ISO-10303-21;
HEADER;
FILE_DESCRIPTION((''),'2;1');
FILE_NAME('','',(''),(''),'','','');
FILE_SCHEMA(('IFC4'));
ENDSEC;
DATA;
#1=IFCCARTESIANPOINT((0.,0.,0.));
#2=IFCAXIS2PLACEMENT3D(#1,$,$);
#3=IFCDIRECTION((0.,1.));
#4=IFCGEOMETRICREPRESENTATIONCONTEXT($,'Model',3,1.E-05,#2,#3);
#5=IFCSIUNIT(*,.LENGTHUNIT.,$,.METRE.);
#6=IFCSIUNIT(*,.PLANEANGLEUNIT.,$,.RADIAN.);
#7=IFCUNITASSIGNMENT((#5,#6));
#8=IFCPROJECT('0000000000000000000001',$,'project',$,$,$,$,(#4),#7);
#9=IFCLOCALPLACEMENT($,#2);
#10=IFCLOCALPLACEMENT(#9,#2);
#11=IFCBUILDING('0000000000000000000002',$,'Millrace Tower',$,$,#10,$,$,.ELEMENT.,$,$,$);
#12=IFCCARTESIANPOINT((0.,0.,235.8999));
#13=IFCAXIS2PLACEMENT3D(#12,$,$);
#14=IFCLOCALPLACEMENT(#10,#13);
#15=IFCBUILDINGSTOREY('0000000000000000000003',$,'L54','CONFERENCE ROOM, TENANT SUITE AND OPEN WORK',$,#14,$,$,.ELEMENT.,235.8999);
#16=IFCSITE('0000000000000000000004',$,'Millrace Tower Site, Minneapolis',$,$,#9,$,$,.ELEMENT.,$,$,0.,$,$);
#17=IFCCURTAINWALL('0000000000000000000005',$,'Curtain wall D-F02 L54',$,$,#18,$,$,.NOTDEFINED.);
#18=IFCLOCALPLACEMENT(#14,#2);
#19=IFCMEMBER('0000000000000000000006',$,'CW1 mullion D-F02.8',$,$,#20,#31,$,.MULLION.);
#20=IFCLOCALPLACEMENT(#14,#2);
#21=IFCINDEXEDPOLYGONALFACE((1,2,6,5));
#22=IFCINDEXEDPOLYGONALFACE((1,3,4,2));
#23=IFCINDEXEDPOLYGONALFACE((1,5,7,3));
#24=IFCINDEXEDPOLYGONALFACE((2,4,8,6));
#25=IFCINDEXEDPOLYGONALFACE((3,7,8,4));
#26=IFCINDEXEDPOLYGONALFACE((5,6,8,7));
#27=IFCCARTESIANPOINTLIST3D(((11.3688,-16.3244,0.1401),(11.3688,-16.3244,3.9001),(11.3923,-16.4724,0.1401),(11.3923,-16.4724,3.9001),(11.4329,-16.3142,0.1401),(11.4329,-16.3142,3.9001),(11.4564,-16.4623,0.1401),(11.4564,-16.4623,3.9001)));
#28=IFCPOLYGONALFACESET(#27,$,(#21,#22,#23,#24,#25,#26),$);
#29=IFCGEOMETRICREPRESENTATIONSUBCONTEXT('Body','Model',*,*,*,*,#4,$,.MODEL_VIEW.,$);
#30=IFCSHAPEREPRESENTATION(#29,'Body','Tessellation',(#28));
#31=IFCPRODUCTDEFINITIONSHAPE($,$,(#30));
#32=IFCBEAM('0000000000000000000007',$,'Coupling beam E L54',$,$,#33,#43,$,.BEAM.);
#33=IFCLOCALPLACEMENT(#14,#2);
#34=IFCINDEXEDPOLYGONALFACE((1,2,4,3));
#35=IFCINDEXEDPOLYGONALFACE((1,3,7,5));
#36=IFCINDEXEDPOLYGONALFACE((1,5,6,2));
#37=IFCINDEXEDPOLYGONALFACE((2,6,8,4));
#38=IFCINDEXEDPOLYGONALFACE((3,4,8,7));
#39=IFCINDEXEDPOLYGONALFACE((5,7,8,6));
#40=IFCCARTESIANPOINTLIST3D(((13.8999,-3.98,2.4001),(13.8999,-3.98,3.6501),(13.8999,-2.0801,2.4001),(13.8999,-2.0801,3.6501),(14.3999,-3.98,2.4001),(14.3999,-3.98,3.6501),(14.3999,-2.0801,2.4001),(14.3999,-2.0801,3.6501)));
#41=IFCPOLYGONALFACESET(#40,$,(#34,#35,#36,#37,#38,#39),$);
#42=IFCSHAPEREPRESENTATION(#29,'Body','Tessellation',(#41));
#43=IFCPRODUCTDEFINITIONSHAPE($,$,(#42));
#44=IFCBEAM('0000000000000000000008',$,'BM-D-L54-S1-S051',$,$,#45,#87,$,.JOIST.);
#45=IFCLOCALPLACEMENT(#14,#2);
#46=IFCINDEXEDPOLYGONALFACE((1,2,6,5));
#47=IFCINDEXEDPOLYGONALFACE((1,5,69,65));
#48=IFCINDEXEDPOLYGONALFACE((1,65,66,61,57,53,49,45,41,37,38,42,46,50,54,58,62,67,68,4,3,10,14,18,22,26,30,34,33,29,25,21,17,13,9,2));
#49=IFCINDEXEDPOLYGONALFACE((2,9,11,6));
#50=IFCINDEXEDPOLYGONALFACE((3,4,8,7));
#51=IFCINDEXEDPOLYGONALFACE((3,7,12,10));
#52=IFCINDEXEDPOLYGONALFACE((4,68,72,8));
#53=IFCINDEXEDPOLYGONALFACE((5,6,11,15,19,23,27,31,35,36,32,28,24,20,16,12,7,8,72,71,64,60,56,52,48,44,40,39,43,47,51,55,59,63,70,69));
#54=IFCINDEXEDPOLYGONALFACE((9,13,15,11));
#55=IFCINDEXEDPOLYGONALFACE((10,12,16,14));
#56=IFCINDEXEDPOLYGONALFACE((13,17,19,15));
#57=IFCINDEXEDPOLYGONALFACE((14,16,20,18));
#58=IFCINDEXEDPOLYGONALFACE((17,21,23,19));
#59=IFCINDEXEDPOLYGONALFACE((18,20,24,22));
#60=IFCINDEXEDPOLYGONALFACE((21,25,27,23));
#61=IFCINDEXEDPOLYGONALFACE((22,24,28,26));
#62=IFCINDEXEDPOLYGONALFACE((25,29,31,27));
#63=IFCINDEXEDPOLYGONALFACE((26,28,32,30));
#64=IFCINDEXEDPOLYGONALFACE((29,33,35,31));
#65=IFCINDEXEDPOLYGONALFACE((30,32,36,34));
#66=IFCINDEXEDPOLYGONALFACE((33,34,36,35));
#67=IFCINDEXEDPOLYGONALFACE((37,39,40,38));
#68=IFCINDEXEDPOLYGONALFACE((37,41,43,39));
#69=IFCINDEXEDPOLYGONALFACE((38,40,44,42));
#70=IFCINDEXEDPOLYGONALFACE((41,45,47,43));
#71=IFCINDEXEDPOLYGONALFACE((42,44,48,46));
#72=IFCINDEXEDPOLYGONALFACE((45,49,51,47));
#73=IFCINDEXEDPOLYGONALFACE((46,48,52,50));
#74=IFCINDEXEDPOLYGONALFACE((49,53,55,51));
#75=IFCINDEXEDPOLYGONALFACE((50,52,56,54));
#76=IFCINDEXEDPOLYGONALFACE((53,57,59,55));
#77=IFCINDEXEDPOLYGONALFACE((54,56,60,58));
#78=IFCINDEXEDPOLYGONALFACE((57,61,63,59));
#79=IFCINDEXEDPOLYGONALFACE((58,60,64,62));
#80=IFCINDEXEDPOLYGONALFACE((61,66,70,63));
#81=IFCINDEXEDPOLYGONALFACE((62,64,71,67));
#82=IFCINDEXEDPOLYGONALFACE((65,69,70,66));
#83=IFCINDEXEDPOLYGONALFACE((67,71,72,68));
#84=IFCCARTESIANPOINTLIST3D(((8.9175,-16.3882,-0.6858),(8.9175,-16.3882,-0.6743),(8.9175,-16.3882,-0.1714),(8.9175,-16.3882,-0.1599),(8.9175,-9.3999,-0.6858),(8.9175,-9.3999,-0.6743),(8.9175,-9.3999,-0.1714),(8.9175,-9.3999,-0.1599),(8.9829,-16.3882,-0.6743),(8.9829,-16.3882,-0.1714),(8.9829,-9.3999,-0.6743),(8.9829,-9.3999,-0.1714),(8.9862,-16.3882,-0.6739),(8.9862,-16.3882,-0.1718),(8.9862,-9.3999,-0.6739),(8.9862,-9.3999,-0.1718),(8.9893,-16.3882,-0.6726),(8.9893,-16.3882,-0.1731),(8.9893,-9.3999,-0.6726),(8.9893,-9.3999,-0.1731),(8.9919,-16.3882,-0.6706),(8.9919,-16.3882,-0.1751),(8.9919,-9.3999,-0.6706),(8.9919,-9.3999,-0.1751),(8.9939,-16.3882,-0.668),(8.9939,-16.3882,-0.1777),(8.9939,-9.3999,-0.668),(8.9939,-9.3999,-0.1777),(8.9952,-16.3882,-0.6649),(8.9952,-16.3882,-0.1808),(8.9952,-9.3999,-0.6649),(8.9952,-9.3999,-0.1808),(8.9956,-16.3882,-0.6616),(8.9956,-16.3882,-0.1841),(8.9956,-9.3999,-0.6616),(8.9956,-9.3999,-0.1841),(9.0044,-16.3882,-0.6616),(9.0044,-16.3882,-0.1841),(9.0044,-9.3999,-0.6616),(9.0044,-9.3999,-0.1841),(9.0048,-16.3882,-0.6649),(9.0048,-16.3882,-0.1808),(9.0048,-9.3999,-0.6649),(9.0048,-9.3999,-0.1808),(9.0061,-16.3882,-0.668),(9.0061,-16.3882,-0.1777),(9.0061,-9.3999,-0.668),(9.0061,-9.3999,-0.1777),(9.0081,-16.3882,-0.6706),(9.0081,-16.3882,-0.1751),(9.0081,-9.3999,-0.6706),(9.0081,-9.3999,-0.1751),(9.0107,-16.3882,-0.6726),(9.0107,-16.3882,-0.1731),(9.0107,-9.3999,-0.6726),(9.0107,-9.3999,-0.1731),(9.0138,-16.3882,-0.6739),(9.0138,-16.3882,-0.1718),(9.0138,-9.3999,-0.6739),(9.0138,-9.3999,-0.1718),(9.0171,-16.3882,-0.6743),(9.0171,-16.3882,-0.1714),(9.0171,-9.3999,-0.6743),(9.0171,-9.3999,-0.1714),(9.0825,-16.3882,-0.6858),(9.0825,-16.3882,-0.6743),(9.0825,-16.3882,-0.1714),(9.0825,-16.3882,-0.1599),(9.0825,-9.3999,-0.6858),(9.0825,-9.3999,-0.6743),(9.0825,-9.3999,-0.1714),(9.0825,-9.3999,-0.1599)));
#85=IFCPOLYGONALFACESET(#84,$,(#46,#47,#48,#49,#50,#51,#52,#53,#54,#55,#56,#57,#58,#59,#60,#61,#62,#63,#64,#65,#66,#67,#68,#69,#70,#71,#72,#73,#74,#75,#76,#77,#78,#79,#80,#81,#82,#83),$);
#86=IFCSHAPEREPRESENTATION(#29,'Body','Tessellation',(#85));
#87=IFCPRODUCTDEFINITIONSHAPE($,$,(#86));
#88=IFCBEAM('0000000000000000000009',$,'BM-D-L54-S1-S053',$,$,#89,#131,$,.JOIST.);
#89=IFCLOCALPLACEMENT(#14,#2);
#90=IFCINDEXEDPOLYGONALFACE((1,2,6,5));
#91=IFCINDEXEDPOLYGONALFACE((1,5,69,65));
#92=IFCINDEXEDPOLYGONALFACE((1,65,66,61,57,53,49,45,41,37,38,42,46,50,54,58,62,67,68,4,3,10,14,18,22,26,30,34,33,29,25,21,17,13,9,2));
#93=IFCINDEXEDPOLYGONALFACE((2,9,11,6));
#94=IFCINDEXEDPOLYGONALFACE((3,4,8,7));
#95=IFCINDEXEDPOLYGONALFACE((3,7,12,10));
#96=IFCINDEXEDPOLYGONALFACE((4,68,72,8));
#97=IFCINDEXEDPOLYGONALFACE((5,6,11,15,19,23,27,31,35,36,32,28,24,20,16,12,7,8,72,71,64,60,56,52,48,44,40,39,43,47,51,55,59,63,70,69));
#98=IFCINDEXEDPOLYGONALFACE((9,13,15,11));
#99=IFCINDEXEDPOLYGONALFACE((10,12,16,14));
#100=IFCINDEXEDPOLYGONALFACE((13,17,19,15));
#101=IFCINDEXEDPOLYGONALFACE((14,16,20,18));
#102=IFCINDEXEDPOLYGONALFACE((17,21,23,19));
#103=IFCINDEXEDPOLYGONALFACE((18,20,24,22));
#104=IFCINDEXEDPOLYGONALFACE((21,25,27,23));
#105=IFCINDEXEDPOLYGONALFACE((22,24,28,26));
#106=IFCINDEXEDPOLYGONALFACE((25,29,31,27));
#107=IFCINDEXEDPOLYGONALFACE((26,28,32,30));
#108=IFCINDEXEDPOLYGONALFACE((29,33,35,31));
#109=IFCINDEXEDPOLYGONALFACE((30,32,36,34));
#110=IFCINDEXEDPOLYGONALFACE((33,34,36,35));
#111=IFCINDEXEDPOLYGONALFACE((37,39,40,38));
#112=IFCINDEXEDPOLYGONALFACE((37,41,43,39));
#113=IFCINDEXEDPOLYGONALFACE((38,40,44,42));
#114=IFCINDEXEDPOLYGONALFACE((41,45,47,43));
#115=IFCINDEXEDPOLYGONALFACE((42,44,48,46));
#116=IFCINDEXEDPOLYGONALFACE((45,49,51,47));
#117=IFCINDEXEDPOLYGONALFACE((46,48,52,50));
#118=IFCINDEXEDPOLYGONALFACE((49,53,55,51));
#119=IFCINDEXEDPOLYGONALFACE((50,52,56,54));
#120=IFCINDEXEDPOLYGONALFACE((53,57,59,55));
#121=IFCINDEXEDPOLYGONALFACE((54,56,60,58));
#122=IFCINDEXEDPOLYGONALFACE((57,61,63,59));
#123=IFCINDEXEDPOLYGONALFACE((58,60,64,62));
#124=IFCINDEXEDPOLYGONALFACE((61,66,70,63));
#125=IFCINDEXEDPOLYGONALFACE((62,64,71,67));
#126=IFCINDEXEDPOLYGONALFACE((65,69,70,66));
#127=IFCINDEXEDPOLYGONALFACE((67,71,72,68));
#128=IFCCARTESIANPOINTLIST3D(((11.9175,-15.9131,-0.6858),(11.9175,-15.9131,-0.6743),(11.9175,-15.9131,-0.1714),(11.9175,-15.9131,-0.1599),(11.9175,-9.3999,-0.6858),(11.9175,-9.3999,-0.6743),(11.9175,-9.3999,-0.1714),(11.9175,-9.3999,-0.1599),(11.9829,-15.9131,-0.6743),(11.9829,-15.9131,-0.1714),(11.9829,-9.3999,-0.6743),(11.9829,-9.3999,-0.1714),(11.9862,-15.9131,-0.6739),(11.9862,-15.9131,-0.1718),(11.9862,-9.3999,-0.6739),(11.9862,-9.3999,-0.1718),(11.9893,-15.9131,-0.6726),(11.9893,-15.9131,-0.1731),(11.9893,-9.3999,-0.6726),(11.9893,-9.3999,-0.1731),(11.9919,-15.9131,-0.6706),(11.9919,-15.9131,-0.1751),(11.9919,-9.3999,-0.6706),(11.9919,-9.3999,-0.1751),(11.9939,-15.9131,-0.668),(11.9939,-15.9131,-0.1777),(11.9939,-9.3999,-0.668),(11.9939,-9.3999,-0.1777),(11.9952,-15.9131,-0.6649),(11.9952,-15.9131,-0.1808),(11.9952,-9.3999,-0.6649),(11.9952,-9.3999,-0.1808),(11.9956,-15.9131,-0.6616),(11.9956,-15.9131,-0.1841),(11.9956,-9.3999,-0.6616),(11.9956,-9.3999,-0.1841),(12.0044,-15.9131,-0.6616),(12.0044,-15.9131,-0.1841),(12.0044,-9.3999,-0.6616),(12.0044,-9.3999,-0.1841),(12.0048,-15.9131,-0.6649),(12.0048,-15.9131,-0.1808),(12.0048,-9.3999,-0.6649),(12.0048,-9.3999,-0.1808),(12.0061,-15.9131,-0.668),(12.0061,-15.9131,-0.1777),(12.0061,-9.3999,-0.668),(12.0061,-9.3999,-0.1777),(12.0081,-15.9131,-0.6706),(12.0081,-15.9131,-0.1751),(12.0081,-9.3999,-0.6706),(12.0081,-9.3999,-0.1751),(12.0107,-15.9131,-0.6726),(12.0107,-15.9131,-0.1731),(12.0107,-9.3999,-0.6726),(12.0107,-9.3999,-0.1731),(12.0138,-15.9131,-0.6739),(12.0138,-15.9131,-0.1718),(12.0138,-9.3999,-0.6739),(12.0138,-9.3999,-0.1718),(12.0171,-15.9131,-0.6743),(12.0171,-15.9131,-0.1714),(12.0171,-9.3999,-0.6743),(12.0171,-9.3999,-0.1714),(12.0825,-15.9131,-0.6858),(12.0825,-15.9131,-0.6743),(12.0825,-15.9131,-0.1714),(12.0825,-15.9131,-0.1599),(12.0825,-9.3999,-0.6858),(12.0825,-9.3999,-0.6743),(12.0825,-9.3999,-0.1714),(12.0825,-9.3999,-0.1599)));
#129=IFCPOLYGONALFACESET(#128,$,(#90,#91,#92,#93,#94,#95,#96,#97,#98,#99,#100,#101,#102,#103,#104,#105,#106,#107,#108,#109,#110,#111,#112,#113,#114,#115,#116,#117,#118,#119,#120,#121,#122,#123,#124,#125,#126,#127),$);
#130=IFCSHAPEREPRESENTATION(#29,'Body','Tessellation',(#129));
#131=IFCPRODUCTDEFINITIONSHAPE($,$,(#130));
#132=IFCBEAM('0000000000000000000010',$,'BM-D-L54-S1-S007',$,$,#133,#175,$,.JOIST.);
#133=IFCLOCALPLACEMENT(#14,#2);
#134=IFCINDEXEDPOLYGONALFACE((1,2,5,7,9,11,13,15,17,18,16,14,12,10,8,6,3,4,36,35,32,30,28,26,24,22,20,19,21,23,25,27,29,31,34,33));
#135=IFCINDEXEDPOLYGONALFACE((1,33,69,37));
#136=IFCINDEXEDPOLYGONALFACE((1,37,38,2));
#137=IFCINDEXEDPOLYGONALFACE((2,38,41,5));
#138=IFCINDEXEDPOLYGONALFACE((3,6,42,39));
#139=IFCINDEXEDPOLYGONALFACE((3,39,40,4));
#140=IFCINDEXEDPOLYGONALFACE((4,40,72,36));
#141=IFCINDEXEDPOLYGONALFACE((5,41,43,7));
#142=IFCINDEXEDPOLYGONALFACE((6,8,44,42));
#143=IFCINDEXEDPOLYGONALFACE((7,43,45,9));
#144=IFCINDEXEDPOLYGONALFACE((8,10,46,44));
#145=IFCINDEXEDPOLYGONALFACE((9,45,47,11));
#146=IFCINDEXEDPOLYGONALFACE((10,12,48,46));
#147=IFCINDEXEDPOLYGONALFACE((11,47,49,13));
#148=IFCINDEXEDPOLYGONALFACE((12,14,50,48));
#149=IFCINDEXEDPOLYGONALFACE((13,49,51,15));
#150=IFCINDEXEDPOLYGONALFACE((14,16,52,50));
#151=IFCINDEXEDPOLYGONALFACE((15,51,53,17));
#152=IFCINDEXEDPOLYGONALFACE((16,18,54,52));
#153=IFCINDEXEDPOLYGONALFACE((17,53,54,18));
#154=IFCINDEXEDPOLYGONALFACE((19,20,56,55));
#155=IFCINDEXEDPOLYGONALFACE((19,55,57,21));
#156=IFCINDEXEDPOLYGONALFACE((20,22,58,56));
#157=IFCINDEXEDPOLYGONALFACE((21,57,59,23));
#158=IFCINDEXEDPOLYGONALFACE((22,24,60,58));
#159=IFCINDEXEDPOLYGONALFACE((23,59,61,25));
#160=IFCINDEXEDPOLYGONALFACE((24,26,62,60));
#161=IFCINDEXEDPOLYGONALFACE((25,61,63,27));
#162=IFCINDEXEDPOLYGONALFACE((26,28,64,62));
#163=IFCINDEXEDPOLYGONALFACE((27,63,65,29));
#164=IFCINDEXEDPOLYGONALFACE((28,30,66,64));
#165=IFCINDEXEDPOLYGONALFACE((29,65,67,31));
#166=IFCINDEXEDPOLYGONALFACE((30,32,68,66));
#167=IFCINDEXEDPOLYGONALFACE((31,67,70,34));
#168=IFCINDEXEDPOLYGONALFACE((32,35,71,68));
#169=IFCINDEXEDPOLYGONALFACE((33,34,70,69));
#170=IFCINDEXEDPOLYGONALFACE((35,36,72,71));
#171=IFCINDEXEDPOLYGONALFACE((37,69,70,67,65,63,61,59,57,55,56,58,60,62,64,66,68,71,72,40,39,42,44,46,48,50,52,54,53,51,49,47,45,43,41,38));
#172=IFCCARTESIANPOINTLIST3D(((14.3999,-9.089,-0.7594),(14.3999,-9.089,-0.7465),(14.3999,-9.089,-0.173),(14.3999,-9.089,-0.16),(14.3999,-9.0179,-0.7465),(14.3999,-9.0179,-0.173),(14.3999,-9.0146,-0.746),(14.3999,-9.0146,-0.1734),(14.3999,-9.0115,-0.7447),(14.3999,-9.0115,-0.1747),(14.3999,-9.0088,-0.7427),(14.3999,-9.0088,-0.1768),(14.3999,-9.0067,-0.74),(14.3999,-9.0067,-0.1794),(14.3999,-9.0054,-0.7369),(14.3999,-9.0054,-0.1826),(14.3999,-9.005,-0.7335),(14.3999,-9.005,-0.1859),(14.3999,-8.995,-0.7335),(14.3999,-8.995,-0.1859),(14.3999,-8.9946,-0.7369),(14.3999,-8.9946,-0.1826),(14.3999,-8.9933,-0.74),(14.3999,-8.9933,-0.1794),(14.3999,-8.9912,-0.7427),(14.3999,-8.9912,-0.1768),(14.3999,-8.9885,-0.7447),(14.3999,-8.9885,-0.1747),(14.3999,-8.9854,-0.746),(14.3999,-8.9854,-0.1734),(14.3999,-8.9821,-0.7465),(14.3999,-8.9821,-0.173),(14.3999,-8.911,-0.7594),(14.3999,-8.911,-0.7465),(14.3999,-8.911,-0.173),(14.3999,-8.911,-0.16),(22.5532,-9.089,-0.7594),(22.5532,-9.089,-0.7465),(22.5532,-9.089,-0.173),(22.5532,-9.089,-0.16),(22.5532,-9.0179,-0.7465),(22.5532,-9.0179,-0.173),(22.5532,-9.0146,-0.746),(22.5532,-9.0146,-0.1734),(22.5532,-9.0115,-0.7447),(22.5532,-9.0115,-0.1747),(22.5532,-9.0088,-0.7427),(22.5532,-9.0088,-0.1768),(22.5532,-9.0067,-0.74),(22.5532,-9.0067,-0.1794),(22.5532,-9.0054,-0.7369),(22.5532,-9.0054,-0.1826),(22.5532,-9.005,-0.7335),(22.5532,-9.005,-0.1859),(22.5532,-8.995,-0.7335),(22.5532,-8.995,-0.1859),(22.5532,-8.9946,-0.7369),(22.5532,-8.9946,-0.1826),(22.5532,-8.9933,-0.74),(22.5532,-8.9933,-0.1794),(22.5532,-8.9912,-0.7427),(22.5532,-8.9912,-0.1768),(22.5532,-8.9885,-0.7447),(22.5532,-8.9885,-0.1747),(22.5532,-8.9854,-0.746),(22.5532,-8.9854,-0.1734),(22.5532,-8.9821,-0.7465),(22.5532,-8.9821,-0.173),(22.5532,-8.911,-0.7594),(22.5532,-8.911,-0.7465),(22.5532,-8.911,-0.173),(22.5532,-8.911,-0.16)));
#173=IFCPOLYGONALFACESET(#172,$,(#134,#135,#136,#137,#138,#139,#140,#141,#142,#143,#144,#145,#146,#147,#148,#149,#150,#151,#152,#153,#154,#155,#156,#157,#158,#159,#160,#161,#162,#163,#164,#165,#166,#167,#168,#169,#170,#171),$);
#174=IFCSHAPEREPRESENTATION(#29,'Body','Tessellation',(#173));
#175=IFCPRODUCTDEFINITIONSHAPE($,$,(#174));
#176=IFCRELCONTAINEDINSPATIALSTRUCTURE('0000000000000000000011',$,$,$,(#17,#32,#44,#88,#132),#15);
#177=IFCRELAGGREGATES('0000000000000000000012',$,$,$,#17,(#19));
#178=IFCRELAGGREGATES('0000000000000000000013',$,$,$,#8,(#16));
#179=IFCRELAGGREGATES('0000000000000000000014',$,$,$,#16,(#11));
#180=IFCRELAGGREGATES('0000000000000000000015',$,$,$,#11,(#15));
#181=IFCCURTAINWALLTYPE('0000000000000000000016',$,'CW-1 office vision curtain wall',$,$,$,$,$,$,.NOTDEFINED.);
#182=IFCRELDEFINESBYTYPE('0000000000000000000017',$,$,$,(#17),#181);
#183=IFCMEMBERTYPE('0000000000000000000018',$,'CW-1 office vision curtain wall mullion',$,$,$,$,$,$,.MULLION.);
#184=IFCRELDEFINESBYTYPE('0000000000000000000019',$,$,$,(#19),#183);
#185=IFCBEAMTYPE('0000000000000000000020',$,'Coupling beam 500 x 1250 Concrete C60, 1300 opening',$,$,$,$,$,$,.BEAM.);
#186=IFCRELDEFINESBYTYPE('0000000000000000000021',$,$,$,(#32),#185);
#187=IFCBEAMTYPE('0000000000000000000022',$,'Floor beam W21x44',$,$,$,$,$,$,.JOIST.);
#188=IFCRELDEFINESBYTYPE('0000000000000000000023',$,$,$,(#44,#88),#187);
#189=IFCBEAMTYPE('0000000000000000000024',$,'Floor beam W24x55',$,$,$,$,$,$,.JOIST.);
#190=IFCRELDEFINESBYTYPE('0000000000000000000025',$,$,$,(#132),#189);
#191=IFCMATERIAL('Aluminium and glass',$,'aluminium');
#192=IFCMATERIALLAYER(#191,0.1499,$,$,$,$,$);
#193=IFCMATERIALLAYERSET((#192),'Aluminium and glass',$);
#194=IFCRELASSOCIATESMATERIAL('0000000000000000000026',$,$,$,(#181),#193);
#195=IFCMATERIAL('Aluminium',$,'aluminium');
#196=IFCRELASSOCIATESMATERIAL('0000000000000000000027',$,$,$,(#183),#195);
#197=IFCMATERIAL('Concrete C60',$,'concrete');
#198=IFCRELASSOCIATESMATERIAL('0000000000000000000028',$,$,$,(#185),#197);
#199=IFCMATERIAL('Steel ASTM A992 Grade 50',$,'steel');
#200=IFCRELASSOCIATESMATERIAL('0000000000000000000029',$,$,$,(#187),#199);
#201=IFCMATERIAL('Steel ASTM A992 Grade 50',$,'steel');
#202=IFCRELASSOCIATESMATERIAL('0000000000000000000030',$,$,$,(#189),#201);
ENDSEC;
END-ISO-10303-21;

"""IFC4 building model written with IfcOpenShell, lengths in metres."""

from ifc_helpers import new_model, si_unit, direction, frame, origin, origin_2d, place, context, subcontext, project, spatial, rectangle, i_section, extrude, material, layer, layer_set, material_profile, profile_set, type_object, element, aggregate, save


model = new_model("IFC4")

# Units and contexts
model_context = context("Model", 3, precision=1e-05, world=origin(), true_north=direction((0.0, 1.0)))
body_context = subcontext(model_context, "Body", "Model", "MODEL_VIEW")
ifc_project = project(units=[si_unit("LENGTHUNIT", "METRE"), si_unit("PLANEANGLEUNIT", "RADIAN")], contexts=[model_context])

# Site, building, storey
site_placement = place(None, origin())
site = spatial("IfcSite", under=ifc_project, at=site_placement, Name="Millrace Tower Site, Minneapolis", CompositionType="ELEMENT", RefElevation=0.0)
building_placement = place(site_placement, origin())
building = spatial("IfcBuilding", under=site, at=building_placement, Name="Millrace Tower", CompositionType="ELEMENT")
storey_placement = place(building_placement, frame((0.0, 0.0, 235.8999)))
storey = spatial("IfcBuildingStorey", under=building, at=storey_placement, Name="L54", Description="CONFERENCE ROOM, TENANT SUITE AND OPEN WORK", CompositionType="ELEMENT", Elevation=235.8999)

# Curtain wall, member
ifc_material_1 = material(Name="Aluminium and glass", Category="aluminium")
ifc_layer_1 = layer(ifc_material_1, 0.1499)
ifc_layer_set_1 = layer_set([ifc_layer_1], Name="Aluminium and glass")
curtain_wall_type = type_object("IfcCurtainWallType", Name="CW-1 office vision curtain wall", PredefinedType="NOTDEFINED", material=ifc_layer_set_1)
placement = place(storey_placement, origin())
curtain_wall = element("IfcCurtainWall", 1, at=placement, inside=storey, type_object=curtain_wall_type, Name="Curtain wall D-F02 L54", PredefinedType="NOTDEFINED")
ifc_material_2 = material(Name="Aluminium", Category="aluminium")
ifc_material_profile_1 = material_profile(ifc_material_2, rectangle(XDim=0.0649, YDim=0.1499, at=origin_2d()))
ifc_profile_set_1 = profile_set([ifc_material_profile_1], Name="Aluminium")
member_type = type_object("IfcMemberType", Name="CW-1 office vision curtain wall mullion", PredefinedType="MULLION", material=ifc_profile_set_1)
member_placement = place(storey_placement, frame((11.4126, -16.3933, 0.1401), z_axis=(0.0, 0.0, 1.0), x_axis=(0.987688, 0.156434, 0.0)))
member = element("IfcMember", 2, at=member_placement, type_object=member_type, Name="CW1 mullion D-F02.8", PredefinedType="MULLION", context=body_context, shape_type="SweptSolid", body=[
    extrude(rectangle(XDim=0.0649, YDim=0.1499, at=origin_2d()), origin(), (0.0, 0.0, 1.0), 3.76),
])
aggregate(curtain_wall, [member])

# Beams
ifc_material_3 = material(Name="Concrete C60", Category="concrete")
ifc_material_profile_2 = material_profile(ifc_material_3, rectangle(XDim=0.5, YDim=1.25, at=origin_2d()))
ifc_profile_set_2 = profile_set([ifc_material_profile_2], Name="Concrete C60")
beam_type_1 = type_object("IfcBeamType", Name="Coupling beam 500 x 1250 Concrete C60, 1300 opening", PredefinedType="BEAM", material=ifc_profile_set_2)
beam_1_placement = place(storey_placement, frame((14.1499, -2.0801, 3.0251), z_axis=(0.0, -1.0, 0.0), x_axis=(1.0, 0.0, 0.0)))
element("IfcBeam", 3, at=beam_1_placement, inside=storey, type_object=beam_type_1, Name="Coupling beam E L54", PredefinedType="BEAM", context=body_context, shape_type="SweptSolid", body=[
    extrude(rectangle(XDim=0.5, YDim=1.25, at=origin_2d()), origin(), (0.0, 0.0, 1.0), 1.8999),
])
ifc_material_4 = material(Name="Steel ASTM A992 Grade 50", Category="steel")
ifc_material_profile_3 = material_profile(ifc_material_4, i_section(OverallWidth=0.165, OverallDepth=0.5259, WebThickness=0.0088, FlangeThickness=0.0115, FilletRadius=0.0127, at=origin_2d()))
ifc_profile_set_3 = profile_set([ifc_material_profile_3], Name="Steel ASTM A992 Grade 50")
beam_type_2 = type_object("IfcBeamType", Name="Floor beam W21x44", PredefinedType="JOIST", material=ifc_profile_set_3)
beam_2_placement = place(storey_placement, frame((9.0, -16.3882, -0.4229), z_axis=(0.0, 1.0, 0.0), x_axis=(-1.0, 0.0, 0.0)))
element("IfcBeam", 4, at=beam_2_placement, inside=storey, type_object=beam_type_2, Name="BM-D-L54-S1-S051", PredefinedType="JOIST", context=body_context, shape_type="SweptSolid", body=[
    extrude(i_section(OverallWidth=0.165, OverallDepth=0.5259, WebThickness=0.0088, FlangeThickness=0.0115, FilletRadius=0.0127, at=origin_2d()), origin(), (0.0, 0.0, 1.0), 6.9883),
])
beam_3_placement = place(storey_placement, frame((12.0, -15.9131, -0.4229), z_axis=(0.0, 1.0, 0.0), x_axis=(-1.0, 0.0, 0.0)))
element("IfcBeam", 5, at=beam_3_placement, inside=storey, type_object=beam_type_2, Name="BM-D-L54-S1-S053", PredefinedType="JOIST", context=body_context, shape_type="SweptSolid", body=[
    extrude(i_section(OverallWidth=0.165, OverallDepth=0.5259, WebThickness=0.0088, FlangeThickness=0.0115, FilletRadius=0.0127, at=origin_2d()), origin(), (0.0, 0.0, 1.0), 6.5132),
])
ifc_material_5 = material(Name="Steel ASTM A992 Grade 50", Category="steel")
ifc_material_profile_4 = material_profile(ifc_material_5, i_section(OverallWidth=0.178, OverallDepth=0.5994, WebThickness=0.01, FlangeThickness=0.0129, FilletRadius=0.0129, at=origin_2d()))
ifc_profile_set_4 = profile_set([ifc_material_profile_4], Name="Steel ASTM A992 Grade 50")
beam_type_3 = type_object("IfcBeamType", Name="Floor beam W24x55", PredefinedType="JOIST", material=ifc_profile_set_4)
beam_4_placement = place(storey_placement, frame((14.3999, -9.0, -0.4597), z_axis=(1.0, 0.0, 0.0), x_axis=(0.0, 1.0, 0.0)))
element("IfcBeam", 6, at=beam_4_placement, inside=storey, type_object=beam_type_3, Name="BM-D-L54-S1-S007", PredefinedType="JOIST", context=body_context, shape_type="SweptSolid", body=[
    extrude(i_section(OverallWidth=0.178, OverallDepth=0.5994, WebThickness=0.01, FlangeThickness=0.0129, FilletRadius=0.0129, at=origin_2d()), origin(), (0.0, 0.0, 1.0), 8.1533),
])

save(model, "model.ifc")
